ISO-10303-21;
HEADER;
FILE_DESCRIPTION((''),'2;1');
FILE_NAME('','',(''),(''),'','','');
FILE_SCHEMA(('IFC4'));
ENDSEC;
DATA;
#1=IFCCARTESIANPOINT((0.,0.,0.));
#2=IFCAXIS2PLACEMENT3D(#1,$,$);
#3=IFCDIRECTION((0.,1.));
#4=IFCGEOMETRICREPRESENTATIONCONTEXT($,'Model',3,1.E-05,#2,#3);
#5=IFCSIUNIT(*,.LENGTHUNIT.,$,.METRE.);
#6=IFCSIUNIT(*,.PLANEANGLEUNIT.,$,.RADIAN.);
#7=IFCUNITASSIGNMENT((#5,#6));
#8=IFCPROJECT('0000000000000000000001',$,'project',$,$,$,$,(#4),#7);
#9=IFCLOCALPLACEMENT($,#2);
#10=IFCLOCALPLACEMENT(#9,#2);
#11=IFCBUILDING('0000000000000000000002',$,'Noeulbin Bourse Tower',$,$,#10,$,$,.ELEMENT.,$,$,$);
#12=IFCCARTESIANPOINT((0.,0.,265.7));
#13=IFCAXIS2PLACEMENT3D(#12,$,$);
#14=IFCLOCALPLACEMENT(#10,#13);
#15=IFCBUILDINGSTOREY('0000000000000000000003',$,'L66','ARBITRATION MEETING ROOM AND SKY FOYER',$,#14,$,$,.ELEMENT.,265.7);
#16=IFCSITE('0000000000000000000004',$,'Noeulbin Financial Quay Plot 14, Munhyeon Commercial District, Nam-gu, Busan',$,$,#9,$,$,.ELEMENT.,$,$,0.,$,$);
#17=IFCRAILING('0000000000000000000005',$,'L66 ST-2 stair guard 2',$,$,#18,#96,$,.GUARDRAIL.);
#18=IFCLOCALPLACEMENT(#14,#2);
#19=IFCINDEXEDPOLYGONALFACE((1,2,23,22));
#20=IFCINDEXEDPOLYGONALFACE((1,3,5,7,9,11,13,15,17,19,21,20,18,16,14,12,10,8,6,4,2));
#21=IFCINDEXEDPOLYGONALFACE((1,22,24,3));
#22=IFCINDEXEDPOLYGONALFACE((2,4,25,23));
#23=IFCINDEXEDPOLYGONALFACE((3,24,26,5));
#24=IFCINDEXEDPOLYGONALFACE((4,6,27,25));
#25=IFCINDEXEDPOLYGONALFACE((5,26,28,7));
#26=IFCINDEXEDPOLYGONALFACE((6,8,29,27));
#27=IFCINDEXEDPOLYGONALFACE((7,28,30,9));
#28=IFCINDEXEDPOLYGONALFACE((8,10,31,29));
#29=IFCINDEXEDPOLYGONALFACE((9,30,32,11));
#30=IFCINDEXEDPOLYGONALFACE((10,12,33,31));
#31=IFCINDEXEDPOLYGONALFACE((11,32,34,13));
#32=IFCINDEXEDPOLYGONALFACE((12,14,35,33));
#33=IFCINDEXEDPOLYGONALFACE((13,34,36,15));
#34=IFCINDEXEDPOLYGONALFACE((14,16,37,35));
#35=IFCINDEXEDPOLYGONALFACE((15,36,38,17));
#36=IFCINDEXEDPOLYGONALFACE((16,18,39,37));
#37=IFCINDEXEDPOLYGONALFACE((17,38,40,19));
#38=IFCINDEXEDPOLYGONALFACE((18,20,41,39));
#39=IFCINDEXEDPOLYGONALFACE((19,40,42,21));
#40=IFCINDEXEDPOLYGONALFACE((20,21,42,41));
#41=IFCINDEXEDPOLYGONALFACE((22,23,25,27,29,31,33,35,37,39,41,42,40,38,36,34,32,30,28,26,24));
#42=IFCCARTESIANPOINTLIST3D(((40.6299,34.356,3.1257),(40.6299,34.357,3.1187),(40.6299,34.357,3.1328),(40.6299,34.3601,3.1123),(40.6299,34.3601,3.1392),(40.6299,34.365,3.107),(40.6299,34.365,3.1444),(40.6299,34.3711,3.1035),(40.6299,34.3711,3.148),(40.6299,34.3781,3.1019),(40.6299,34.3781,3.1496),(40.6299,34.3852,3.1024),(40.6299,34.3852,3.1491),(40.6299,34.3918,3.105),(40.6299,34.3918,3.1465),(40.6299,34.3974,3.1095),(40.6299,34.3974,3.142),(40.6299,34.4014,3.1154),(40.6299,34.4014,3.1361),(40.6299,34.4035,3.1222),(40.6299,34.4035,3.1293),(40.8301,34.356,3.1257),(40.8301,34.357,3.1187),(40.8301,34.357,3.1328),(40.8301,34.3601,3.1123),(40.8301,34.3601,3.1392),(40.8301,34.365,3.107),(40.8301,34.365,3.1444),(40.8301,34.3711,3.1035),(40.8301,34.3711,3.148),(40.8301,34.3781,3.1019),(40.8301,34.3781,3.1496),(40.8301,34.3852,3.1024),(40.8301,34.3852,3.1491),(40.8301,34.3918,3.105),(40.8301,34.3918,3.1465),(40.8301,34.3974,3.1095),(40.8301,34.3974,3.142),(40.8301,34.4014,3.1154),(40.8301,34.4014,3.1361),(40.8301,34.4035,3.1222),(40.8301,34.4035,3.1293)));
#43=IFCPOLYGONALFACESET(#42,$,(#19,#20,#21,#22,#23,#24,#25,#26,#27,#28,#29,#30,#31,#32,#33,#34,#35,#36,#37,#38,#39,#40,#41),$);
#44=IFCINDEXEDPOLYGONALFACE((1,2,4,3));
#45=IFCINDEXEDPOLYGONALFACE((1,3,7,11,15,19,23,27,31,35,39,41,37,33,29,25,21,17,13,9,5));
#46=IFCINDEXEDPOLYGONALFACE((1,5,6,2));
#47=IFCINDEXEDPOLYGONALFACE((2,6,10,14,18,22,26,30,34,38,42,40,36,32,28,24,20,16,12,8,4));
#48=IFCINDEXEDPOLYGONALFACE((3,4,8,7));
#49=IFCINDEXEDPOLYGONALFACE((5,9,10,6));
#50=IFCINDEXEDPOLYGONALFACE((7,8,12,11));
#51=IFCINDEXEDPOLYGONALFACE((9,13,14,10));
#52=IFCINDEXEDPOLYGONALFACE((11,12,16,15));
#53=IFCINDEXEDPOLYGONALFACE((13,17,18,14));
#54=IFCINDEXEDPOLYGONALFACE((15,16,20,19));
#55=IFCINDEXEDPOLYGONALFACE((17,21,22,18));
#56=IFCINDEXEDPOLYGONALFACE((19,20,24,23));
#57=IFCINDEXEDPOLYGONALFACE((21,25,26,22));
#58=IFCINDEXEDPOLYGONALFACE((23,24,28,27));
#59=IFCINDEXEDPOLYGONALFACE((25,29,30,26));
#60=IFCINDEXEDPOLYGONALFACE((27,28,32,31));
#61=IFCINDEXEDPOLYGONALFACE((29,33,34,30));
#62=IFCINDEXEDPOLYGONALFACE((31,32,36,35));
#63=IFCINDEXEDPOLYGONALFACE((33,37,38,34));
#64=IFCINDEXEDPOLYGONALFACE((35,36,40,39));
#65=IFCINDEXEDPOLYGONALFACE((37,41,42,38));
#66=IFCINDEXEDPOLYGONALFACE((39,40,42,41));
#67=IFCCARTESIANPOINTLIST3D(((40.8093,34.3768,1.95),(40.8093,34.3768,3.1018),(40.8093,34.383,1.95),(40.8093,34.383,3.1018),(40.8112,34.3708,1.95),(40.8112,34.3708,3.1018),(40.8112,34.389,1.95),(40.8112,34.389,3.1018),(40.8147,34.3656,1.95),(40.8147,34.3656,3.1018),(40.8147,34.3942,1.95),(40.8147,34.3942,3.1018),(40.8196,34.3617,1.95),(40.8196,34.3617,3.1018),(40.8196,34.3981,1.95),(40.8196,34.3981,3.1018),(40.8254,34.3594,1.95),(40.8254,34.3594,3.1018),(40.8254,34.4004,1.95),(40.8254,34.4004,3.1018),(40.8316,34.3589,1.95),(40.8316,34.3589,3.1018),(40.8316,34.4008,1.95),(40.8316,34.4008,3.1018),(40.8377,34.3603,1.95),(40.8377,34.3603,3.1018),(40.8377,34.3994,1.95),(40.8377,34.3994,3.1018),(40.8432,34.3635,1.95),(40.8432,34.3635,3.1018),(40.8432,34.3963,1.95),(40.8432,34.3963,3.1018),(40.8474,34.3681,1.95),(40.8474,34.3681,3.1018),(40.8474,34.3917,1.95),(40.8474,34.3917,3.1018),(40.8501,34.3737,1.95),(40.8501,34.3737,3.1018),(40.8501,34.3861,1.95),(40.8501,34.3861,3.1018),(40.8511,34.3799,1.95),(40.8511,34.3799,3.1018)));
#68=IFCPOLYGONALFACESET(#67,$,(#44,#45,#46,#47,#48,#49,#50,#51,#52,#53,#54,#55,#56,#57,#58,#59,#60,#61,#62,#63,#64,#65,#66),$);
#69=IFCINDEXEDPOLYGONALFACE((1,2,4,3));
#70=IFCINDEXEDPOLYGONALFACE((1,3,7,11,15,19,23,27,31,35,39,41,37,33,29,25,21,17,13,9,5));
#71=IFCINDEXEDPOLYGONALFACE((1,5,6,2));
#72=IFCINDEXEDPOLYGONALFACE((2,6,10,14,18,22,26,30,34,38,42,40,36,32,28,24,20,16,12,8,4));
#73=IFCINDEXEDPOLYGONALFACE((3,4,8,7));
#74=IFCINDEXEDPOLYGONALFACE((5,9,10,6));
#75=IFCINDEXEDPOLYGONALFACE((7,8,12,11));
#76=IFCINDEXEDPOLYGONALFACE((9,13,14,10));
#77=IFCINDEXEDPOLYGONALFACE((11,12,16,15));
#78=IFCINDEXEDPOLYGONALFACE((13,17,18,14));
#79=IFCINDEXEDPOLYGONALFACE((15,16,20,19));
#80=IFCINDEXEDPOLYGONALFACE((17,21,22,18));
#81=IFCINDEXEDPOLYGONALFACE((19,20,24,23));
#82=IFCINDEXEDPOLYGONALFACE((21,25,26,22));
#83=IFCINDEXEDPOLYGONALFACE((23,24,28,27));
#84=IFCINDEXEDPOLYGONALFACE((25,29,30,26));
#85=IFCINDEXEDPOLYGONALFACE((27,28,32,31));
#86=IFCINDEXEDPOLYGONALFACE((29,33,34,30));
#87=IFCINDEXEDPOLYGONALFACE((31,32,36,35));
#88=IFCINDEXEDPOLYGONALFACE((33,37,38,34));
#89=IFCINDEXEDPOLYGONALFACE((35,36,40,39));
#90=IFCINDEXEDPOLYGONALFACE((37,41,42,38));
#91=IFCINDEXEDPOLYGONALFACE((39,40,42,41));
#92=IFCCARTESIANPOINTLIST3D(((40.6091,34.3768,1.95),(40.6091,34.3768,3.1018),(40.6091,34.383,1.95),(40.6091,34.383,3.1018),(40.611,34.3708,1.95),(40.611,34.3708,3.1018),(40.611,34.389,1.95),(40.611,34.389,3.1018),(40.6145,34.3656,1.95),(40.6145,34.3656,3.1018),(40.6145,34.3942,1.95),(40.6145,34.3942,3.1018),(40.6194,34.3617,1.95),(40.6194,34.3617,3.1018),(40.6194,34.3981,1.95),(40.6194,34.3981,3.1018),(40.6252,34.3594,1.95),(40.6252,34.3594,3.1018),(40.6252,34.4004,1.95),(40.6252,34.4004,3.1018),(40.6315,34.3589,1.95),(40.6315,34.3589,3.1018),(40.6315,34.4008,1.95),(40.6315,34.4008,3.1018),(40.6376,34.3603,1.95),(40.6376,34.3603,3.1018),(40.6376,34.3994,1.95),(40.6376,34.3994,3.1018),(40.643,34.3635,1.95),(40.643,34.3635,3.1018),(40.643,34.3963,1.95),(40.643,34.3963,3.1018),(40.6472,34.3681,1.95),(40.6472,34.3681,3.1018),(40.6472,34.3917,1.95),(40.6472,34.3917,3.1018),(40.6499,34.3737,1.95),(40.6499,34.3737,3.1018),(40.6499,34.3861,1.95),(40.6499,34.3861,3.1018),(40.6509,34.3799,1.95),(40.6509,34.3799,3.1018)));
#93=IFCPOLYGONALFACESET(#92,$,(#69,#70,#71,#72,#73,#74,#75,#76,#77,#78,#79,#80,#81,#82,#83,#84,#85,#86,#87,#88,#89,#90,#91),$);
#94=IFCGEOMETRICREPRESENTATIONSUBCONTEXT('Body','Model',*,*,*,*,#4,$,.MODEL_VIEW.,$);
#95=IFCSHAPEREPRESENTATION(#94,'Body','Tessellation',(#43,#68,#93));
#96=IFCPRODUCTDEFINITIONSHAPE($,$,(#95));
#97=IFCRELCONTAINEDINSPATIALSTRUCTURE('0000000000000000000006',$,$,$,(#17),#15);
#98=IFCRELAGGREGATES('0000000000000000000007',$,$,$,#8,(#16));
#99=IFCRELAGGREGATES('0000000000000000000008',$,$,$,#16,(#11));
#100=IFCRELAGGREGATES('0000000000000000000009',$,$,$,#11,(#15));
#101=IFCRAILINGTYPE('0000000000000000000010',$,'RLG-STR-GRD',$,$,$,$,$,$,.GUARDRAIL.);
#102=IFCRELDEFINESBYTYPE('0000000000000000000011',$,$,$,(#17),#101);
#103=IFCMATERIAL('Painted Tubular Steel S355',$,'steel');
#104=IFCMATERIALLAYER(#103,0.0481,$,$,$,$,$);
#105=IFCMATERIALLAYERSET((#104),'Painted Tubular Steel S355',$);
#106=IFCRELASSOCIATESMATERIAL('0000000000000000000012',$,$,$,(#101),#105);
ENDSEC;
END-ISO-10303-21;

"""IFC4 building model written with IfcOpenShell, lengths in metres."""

from ifc_helpers import new_model, si_unit, direction, frame, origin, origin_2d, place, context, subcontext, project, spatial, circle, extrude, material, layer, layer_set, type_object, element, save


model = new_model("IFC4")

# Units and contexts
model_context = context("Model", 3, precision=1e-05, world=origin(), true_north=direction((0.0, 1.0)))
body_context = subcontext(model_context, "Body", "Model", "MODEL_VIEW")
ifc_project = project(units=[si_unit("LENGTHUNIT", "METRE"), si_unit("PLANEANGLEUNIT", "RADIAN")], contexts=[model_context])

# Site, building, storey
site_placement = place(None, origin())
site = spatial("IfcSite", under=ifc_project, at=site_placement, Name="Noeulbin Financial Quay Plot 14, Munhyeon Commercial District, Nam-gu, Busan", CompositionType="ELEMENT", RefElevation=0.0)
building_placement = place(site_placement, origin())
building = spatial("IfcBuilding", under=site, at=building_placement, Name="Noeulbin Bourse Tower", CompositionType="ELEMENT")
storey_placement = place(building_placement, frame((0.0, 0.0, 265.7)))
storey = spatial("IfcBuildingStorey", under=building, at=storey_placement, Name="L66", Description="ARBITRATION MEETING ROOM AND SKY FOYER", CompositionType="ELEMENT", Elevation=265.7)

# Railing
ifc_material_1 = material(Name="Painted Tubular Steel S355", Category="steel")
ifc_layer_1 = layer(ifc_material_1, 0.0481)
ifc_layer_set_1 = layer_set([ifc_layer_1], Name="Painted Tubular Steel S355")
railing_type_1 = type_object("IfcRailingType", Name="RLG-STR-GRD", PredefinedType="GUARDRAIL", material=ifc_layer_set_1)
railing_1_placement = place(storey_placement, frame((40.8301, 34.3799, 1.95)))
element("IfcRailing", 1, at=railing_1_placement, inside=storey, type_object=railing_type_1, Name="L66 ST-2 stair guard 2", PredefinedType="GUARDRAIL", context=body_context, shape_type="SweptSolid", body=[
    extrude(circle(Radius=0.0239, at=origin_2d()), frame((0.0, 0.0, 1.1758), z_axis=(-1.0, 0.0, 0.0), x_axis=(0.0, -1.0, 0.0)), (0.0, 0.0, 1.0), 0.2002),
    extrude(circle(Radius=0.021, at=origin_2d()), origin(), (0.0, 0.0, 1.0), 1.1519),
    extrude(circle(Radius=0.021, at=origin_2d()), frame((-0.2002, 0.0, 0.0)), (0.0, 0.0, 1.0), 1.1519),
])

save(model, "model.ifc")
